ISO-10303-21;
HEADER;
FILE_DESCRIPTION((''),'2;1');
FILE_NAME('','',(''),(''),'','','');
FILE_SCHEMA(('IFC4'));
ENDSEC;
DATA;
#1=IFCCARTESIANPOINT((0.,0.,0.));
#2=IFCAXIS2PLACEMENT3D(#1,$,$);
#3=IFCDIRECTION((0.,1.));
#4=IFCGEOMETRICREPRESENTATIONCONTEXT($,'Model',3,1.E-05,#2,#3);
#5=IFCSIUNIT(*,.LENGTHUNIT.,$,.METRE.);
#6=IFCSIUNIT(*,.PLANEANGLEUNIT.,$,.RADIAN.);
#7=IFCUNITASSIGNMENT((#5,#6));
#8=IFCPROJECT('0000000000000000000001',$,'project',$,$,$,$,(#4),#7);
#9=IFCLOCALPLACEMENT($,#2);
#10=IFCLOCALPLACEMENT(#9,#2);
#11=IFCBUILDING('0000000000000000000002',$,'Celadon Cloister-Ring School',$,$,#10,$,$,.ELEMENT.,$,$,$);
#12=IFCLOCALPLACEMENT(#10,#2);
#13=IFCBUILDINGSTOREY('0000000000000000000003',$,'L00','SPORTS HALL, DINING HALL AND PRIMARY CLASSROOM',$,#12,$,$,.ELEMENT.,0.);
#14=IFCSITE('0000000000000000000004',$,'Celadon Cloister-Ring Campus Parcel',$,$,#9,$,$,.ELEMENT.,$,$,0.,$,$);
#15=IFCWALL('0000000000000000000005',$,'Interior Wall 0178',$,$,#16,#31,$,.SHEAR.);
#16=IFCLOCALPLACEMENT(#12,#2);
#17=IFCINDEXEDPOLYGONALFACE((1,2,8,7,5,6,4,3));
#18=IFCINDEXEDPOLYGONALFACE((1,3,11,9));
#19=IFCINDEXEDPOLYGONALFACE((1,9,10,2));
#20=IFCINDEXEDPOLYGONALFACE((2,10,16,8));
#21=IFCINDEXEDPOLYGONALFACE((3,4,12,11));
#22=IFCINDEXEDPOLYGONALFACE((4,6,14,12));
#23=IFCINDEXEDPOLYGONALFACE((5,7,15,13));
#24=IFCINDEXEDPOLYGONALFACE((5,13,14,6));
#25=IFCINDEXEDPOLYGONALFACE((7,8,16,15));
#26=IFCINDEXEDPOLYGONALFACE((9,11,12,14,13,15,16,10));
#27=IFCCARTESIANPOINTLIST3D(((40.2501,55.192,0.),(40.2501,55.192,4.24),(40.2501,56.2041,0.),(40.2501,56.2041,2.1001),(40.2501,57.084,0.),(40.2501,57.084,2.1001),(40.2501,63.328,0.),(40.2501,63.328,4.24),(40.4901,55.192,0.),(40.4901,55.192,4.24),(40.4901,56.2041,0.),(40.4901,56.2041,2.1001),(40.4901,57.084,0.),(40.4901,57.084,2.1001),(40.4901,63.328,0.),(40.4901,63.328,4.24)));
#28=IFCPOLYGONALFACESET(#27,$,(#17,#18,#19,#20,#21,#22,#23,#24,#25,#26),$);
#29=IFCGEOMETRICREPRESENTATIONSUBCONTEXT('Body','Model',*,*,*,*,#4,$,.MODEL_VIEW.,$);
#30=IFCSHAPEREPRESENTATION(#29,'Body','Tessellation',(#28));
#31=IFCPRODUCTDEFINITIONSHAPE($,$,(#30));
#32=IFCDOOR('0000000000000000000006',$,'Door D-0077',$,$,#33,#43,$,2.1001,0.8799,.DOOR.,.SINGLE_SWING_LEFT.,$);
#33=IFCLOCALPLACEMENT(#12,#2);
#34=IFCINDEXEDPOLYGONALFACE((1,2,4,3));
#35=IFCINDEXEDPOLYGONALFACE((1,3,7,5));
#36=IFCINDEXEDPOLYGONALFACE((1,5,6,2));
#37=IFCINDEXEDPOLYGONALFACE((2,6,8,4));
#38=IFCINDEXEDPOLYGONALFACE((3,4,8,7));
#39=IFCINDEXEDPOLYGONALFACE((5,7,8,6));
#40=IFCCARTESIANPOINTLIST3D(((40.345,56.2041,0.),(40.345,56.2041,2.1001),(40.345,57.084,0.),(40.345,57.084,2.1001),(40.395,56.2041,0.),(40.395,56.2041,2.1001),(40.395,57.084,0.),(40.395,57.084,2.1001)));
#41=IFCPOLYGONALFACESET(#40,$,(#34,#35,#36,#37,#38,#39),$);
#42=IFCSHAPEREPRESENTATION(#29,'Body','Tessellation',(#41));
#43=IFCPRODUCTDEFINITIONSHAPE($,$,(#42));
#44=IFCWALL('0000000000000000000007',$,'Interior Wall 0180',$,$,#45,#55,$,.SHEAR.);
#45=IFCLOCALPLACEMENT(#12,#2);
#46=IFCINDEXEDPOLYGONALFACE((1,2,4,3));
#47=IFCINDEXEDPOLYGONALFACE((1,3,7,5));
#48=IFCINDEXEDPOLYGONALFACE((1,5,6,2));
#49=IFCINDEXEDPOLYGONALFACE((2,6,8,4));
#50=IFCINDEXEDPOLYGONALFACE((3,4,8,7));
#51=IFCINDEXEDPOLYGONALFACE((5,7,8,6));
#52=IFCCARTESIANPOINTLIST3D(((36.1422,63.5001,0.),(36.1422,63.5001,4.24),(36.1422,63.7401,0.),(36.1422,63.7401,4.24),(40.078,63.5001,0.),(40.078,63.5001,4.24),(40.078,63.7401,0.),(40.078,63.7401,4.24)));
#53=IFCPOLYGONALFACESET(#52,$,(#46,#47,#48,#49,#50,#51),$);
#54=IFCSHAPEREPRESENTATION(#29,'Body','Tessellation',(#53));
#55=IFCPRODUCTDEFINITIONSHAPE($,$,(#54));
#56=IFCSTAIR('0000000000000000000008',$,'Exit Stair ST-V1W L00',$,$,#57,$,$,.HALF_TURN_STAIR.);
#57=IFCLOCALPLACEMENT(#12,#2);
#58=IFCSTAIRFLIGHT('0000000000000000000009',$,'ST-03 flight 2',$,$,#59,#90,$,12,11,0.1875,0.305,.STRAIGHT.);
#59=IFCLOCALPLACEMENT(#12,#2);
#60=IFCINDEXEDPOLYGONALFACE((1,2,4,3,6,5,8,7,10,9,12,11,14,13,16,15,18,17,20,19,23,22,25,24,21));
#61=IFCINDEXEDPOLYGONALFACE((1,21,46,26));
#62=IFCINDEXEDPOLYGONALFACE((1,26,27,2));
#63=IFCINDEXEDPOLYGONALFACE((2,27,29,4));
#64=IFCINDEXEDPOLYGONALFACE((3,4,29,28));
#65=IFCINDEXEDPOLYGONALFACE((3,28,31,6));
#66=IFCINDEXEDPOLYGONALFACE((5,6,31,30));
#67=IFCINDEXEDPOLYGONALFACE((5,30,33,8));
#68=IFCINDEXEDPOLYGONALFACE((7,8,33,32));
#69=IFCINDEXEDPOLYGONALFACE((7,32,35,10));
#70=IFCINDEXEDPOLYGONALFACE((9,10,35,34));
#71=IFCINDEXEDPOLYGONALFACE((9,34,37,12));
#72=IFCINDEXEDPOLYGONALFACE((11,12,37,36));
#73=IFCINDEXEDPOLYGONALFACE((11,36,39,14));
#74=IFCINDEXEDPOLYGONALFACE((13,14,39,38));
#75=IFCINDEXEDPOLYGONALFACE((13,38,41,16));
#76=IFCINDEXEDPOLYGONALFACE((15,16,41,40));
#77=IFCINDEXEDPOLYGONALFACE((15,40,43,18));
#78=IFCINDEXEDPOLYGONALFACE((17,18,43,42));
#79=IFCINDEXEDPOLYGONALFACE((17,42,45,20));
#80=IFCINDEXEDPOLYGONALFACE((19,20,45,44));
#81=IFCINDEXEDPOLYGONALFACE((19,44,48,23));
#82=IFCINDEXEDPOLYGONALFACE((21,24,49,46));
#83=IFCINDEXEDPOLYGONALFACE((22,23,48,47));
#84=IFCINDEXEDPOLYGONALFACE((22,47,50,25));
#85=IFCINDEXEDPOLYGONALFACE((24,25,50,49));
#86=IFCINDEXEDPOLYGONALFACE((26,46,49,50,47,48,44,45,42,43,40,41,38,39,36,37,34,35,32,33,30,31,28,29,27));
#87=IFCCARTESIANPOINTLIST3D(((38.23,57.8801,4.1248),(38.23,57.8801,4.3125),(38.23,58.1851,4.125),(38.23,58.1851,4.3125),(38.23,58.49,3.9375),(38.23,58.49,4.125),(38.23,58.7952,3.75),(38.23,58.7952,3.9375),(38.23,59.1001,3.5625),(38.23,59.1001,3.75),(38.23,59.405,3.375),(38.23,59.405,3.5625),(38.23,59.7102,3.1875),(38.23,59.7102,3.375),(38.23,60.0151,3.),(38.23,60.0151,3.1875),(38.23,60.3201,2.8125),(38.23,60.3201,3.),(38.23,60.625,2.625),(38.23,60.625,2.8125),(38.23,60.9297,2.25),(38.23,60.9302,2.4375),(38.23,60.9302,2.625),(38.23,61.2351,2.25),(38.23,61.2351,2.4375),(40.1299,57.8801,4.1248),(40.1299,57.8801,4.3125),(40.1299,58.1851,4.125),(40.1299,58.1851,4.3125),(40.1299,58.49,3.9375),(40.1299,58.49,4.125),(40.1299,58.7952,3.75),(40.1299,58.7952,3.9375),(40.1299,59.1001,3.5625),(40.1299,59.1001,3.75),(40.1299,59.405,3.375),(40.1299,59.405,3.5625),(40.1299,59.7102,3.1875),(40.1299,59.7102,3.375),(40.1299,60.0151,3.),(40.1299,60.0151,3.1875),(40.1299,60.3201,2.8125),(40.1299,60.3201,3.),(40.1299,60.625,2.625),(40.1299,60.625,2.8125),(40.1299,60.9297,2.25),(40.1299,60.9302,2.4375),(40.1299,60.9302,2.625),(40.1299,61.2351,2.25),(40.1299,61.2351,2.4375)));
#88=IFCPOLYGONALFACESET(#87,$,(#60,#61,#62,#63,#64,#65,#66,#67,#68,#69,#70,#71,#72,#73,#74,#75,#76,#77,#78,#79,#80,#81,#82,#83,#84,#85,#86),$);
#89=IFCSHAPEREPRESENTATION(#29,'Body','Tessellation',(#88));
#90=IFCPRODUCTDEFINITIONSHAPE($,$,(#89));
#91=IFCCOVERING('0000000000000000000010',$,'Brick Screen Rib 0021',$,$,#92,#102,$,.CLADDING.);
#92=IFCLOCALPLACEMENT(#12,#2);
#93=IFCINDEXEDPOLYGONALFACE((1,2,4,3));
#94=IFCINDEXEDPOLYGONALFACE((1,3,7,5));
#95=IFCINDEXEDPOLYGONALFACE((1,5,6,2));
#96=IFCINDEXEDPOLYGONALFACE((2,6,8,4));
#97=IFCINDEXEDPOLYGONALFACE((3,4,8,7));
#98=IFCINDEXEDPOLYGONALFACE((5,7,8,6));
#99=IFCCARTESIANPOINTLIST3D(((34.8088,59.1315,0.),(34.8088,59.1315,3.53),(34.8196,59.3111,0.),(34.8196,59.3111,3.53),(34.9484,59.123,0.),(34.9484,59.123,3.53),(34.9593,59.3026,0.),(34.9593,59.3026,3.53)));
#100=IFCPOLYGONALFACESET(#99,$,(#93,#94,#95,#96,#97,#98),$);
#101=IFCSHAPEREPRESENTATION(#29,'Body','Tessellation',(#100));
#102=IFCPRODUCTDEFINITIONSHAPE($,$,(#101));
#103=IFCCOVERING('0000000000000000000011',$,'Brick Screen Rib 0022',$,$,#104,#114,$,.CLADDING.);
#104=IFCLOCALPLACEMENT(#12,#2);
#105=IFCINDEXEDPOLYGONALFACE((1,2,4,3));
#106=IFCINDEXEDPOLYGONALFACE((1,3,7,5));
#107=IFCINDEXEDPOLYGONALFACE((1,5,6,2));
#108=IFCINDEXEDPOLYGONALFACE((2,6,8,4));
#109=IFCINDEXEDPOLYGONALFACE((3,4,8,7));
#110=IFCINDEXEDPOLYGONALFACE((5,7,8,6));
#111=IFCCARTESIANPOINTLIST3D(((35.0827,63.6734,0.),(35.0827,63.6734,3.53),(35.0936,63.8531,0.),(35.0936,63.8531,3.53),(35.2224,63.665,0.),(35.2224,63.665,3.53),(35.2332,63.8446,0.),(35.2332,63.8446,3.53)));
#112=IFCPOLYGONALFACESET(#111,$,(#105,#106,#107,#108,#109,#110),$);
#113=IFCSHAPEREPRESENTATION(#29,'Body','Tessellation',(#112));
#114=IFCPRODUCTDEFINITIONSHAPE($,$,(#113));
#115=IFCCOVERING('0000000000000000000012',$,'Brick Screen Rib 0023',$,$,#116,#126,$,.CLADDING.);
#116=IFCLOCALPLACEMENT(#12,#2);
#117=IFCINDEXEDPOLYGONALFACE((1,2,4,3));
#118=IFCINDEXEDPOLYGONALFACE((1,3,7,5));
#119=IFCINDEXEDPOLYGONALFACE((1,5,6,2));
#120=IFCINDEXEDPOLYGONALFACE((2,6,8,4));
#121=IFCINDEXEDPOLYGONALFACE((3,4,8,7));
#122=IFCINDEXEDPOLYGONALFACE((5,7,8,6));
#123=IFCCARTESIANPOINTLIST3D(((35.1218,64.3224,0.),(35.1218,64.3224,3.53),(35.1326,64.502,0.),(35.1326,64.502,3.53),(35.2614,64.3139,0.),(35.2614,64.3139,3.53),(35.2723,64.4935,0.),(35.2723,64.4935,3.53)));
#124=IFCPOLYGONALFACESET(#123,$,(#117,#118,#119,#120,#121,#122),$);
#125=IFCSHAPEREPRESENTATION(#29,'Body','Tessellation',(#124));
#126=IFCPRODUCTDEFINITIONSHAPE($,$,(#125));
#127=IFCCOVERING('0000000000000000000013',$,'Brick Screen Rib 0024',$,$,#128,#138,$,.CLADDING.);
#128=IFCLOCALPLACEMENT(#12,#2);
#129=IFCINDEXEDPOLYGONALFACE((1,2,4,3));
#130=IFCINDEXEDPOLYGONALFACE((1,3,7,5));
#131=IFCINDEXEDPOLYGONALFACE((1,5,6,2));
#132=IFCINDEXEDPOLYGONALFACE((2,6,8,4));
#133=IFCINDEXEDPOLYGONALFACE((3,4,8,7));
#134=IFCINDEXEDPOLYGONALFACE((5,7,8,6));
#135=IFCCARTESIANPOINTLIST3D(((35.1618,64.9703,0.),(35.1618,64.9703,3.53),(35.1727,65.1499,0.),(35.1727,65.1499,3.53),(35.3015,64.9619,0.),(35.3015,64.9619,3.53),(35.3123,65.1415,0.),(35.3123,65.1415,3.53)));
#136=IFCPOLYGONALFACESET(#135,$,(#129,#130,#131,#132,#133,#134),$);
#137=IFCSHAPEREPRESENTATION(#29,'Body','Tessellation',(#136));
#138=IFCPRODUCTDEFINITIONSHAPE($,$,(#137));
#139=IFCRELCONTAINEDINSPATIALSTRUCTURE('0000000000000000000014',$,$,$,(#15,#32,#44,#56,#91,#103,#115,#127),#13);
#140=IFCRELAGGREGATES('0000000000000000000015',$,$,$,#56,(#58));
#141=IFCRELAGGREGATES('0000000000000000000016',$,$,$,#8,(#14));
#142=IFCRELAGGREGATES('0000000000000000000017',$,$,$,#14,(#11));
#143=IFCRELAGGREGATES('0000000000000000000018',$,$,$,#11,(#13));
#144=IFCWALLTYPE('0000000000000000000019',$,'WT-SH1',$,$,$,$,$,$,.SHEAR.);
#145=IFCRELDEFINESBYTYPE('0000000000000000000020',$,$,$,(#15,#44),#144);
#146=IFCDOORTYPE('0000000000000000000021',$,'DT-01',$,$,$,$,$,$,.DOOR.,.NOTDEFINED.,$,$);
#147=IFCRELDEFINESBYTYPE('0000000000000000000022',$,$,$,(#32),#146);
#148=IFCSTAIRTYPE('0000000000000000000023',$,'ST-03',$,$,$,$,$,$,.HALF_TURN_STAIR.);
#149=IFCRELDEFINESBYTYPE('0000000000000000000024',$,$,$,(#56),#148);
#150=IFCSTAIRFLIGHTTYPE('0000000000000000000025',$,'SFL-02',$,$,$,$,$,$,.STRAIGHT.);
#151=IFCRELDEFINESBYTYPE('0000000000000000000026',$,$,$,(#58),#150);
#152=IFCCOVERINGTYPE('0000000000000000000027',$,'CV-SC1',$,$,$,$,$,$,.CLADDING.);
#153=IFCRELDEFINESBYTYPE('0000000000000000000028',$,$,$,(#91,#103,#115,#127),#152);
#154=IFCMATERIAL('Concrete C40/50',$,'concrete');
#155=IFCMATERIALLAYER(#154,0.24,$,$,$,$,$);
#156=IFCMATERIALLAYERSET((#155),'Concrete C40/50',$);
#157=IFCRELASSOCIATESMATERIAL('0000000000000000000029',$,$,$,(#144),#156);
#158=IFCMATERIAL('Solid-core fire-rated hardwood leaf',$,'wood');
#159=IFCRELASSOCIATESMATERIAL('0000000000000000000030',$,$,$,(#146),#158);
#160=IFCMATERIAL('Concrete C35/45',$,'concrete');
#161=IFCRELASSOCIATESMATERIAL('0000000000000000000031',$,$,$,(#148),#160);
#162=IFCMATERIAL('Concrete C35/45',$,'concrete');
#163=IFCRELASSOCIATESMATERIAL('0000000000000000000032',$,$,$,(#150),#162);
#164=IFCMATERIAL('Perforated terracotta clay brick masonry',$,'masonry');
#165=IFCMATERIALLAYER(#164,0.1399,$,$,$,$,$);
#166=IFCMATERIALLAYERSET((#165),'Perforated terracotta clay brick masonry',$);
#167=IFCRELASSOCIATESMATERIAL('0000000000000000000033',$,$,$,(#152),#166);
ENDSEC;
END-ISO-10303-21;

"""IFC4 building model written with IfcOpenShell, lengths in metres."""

from ifc_helpers import new_model, si_unit, direction, frame, frame_2d, origin, origin_2d, place, context, subcontext, project, spatial, polyline, rectangle, outline, extrude, material, layer, layer_set, type_object, element, fill, aggregate, save


model = new_model("IFC4")

# Units and contexts
model_context = context("Model", 3, precision=1e-05, world=origin(), true_north=direction((0.0, 1.0)))
body_context = subcontext(model_context, "Body", "Model", "MODEL_VIEW")
ifc_project = project(units=[si_unit("LENGTHUNIT", "METRE"), si_unit("PLANEANGLEUNIT", "RADIAN")], contexts=[model_context])

# Site, building, storey
site_placement = place(None, origin())
site = spatial("IfcSite", under=ifc_project, at=site_placement, Name="Celadon Cloister-Ring Campus Parcel", CompositionType="ELEMENT", RefElevation=0.0)
building_placement = place(site_placement, origin())
building = spatial("IfcBuilding", under=site, at=building_placement, Name="Celadon Cloister-Ring School", CompositionType="ELEMENT")
storey_placement = place(building_placement, origin())
storey = spatial("IfcBuildingStorey", under=building, at=storey_placement, Name="L00", Description="SPORTS HALL, DINING HALL AND PRIMARY CLASSROOM", CompositionType="ELEMENT", Elevation=0.0)

# Wall, opening, door
ifc_material_1 = material(Name="Concrete C40/50", Category="concrete")
ifc_layer_1 = layer(ifc_material_1, 0.24)
ifc_layer_set_1 = layer_set([ifc_layer_1], Name="Concrete C40/50")
wall_type_1 = type_object("IfcWallType", Name="WT-SH1", PredefinedType="SHEAR", material=ifc_layer_set_1)
wall_1_placement = place(storey_placement, frame((40.3701, 63.3279, 0.0), z_axis=(0.0, 0.0, 1.0), x_axis=(0.0, -1.0, 0.0)))
wall_1 = element("IfcWall", 1, at=wall_1_placement, inside=storey, type_object=wall_type_1, Name="Interior Wall 0178", PredefinedType="SHEAR", context=body_context, shape_type="SweptSolid", body=[
    extrude(rectangle(XDim=8.136, YDim=0.24, at=frame_2d((4.0679, 0.0))), origin(), (0.0, 0.0, 1.0), 4.24),
])
opening_1_placement = place(wall_1_placement, frame((6.2439, 0.0, 0.0)))
opening_1 = element("IfcOpeningElement", 2, at=opening_1_placement, cuts=wall_1, PredefinedType="OPENING", context=body_context, shape_type="SweptSolid", body=[
    extrude(rectangle(XDim=0.8799, YDim=2.1001, at=frame_2d((0.4399, 1.05))), frame((0.0, 0.1299, 0.0), z_axis=(0.0, -1.0, 0.0), x_axis=(1.0, 0.0, 0.0)), (0.0, 0.0, 1.0), 0.26),
])
ifc_material_2 = material(Name="Solid-core fire-rated hardwood leaf", Category="wood")
door_type = type_object("IfcDoorType", Name="DT-01", OperationType="NOTDEFINED", PredefinedType="DOOR", material=ifc_material_2)
door_placement = place(opening_1_placement, origin())
door = element("IfcDoor", 3, at=door_placement, inside=storey, type_object=door_type, Name="Door D-0077", OperationType="SINGLE_SWING_LEFT", OverallHeight=2.1001, OverallWidth=0.8799, PredefinedType="DOOR", context=body_context, shape_type="SweptSolid", body=[
    extrude(rectangle(XDim=0.8799, YDim=2.1001, at=frame_2d((0.4399, 1.05))), frame((0.0, 0.0249, 0.0), z_axis=(0.0, -1.0, 0.0), x_axis=(1.0, 0.0, 0.0)), (0.0, 0.0, 1.0), 0.05),
])
fill(opening_1, door)

# Wall
wall_2_placement = place(storey_placement, frame((40.0779, 63.6201, 0.0), z_axis=(0.0, 0.0, 1.0), x_axis=(-1.0, 0.0, 0.0)))
element("IfcWall", 4, at=wall_2_placement, inside=storey, type_object=wall_type_1, Name="Interior Wall 0180", PredefinedType="SHEAR", context=body_context, shape_type="SweptSolid", body=[
    extrude(rectangle(XDim=3.9358, YDim=0.24, at=frame_2d((1.9678, 0.0))), origin(), (0.0, 0.0, 1.0), 4.24),
])

# Stair, stair flight
ifc_material_3 = material(Name="Concrete C35/45", Category="concrete")
stair_type = type_object("IfcStairType", Name="ST-03", PredefinedType="HALF_TURN_STAIR", material=ifc_material_3)
stair_placement = place(storey_placement, origin())
stair = element("IfcStair", 5, at=stair_placement, inside=storey, type_object=stair_type, Name="Exit Stair ST-V1W L00", PredefinedType="HALF_TURN_STAIR")
ifc_material_4 = material(Name="Concrete C35/45", Category="concrete")
stair_flight_type = type_object("IfcStairFlightType", Name="SFL-02", PredefinedType="STRAIGHT", material=ifc_material_4)
stair_flight_placement = place(storey_placement, frame((39.1799, 61.2351, 2.25), z_axis=(0.0, 0.0, 1.0), x_axis=(0.0, -1.0, 0.0)))
stair_flight = element("IfcStairFlight", 6, at=stair_flight_placement, type_object=stair_flight_type, Name="ST-03 flight 2", NumberOfRisers=12, NumberOfTreads=11, PredefinedType="STRAIGHT", RiserHeight=0.1875, TreadLength=0.305, context=body_context, shape_type="SweptSolid", body=[
    extrude(outline(polyline([(0.0, 0.0), (0.0, 0.1875), (0.3049, 0.1875), (0.3049, 0.375), (0.6101, 0.375), (0.6101, 0.5625), (0.915, 0.5625), (0.915, 0.75), (1.22, 0.75), (1.22, 0.9375), (1.5249, 0.9375), (1.5249, 1.125), (1.8301, 1.125), (1.8301, 1.3125), (2.135, 1.3125), (2.135, 1.5), (2.4399, 1.5), (2.4399, 1.6875), (2.7451, 1.6875), (2.7451, 1.875), (3.05, 1.875), (3.05, 2.0625), (3.355, 2.0625), (3.355, 2.25), (3.355, 1.8748), (0.3054, 0.0), (0.0, 0.0)])), frame((0.0, 0.95, 0.0), z_axis=(0.0, -1.0, 0.0), x_axis=(1.0, 0.0, 0.0)), (0.0, 0.0, 1.0), 1.8999),
])
aggregate(stair, [stair_flight])

# Coverings
ifc_material_5 = material(Name="Perforated terracotta clay brick masonry", Category="masonry")
ifc_layer_2 = layer(ifc_material_5, 0.1399)
ifc_layer_set_2 = layer_set([ifc_layer_2], Name="Perforated terracotta clay brick masonry")
covering_type = type_object("IfcCoveringType", Name="CV-SC1", PredefinedType="CLADDING", material=ifc_layer_set_2)
for number, where, z_axis, x_axis, name in (
    (7, (34.884, 59.217, 0.0), (0.0, 0.0, 1.0), (0.060282, 0.998181, 0.0), "Brick Screen Rib 0021"),
    (8, (35.158, 63.759, 0.0), (0.0, 0.0, 1.0), (0.060282, 0.998181, 0.0), "Brick Screen Rib 0022"),
    (9, (35.197, 64.408, 0.0), (0.0, 0.0, 1.0), (0.060282, 0.998181, 0.0), "Brick Screen Rib 0023"),
    (10, (35.2371, 65.0559, 0.0), (0.0, 0.0, 1.0), (0.060282, 0.998181, 0.0), "Brick Screen Rib 0024"),
):
    element("IfcCovering", number, at=place(storey_placement, frame(where, z_axis=z_axis, x_axis=x_axis)), inside=storey, type_object=covering_type, Name=name, PredefinedType="CLADDING", context=body_context, shape_type="SweptSolid", body=[
        extrude(rectangle(XDim=0.1799, YDim=0.1399, at=origin_2d()), origin(), (0.0, 0.0, 1.0), 3.53),
    ])

save(model, "model.ifc")
